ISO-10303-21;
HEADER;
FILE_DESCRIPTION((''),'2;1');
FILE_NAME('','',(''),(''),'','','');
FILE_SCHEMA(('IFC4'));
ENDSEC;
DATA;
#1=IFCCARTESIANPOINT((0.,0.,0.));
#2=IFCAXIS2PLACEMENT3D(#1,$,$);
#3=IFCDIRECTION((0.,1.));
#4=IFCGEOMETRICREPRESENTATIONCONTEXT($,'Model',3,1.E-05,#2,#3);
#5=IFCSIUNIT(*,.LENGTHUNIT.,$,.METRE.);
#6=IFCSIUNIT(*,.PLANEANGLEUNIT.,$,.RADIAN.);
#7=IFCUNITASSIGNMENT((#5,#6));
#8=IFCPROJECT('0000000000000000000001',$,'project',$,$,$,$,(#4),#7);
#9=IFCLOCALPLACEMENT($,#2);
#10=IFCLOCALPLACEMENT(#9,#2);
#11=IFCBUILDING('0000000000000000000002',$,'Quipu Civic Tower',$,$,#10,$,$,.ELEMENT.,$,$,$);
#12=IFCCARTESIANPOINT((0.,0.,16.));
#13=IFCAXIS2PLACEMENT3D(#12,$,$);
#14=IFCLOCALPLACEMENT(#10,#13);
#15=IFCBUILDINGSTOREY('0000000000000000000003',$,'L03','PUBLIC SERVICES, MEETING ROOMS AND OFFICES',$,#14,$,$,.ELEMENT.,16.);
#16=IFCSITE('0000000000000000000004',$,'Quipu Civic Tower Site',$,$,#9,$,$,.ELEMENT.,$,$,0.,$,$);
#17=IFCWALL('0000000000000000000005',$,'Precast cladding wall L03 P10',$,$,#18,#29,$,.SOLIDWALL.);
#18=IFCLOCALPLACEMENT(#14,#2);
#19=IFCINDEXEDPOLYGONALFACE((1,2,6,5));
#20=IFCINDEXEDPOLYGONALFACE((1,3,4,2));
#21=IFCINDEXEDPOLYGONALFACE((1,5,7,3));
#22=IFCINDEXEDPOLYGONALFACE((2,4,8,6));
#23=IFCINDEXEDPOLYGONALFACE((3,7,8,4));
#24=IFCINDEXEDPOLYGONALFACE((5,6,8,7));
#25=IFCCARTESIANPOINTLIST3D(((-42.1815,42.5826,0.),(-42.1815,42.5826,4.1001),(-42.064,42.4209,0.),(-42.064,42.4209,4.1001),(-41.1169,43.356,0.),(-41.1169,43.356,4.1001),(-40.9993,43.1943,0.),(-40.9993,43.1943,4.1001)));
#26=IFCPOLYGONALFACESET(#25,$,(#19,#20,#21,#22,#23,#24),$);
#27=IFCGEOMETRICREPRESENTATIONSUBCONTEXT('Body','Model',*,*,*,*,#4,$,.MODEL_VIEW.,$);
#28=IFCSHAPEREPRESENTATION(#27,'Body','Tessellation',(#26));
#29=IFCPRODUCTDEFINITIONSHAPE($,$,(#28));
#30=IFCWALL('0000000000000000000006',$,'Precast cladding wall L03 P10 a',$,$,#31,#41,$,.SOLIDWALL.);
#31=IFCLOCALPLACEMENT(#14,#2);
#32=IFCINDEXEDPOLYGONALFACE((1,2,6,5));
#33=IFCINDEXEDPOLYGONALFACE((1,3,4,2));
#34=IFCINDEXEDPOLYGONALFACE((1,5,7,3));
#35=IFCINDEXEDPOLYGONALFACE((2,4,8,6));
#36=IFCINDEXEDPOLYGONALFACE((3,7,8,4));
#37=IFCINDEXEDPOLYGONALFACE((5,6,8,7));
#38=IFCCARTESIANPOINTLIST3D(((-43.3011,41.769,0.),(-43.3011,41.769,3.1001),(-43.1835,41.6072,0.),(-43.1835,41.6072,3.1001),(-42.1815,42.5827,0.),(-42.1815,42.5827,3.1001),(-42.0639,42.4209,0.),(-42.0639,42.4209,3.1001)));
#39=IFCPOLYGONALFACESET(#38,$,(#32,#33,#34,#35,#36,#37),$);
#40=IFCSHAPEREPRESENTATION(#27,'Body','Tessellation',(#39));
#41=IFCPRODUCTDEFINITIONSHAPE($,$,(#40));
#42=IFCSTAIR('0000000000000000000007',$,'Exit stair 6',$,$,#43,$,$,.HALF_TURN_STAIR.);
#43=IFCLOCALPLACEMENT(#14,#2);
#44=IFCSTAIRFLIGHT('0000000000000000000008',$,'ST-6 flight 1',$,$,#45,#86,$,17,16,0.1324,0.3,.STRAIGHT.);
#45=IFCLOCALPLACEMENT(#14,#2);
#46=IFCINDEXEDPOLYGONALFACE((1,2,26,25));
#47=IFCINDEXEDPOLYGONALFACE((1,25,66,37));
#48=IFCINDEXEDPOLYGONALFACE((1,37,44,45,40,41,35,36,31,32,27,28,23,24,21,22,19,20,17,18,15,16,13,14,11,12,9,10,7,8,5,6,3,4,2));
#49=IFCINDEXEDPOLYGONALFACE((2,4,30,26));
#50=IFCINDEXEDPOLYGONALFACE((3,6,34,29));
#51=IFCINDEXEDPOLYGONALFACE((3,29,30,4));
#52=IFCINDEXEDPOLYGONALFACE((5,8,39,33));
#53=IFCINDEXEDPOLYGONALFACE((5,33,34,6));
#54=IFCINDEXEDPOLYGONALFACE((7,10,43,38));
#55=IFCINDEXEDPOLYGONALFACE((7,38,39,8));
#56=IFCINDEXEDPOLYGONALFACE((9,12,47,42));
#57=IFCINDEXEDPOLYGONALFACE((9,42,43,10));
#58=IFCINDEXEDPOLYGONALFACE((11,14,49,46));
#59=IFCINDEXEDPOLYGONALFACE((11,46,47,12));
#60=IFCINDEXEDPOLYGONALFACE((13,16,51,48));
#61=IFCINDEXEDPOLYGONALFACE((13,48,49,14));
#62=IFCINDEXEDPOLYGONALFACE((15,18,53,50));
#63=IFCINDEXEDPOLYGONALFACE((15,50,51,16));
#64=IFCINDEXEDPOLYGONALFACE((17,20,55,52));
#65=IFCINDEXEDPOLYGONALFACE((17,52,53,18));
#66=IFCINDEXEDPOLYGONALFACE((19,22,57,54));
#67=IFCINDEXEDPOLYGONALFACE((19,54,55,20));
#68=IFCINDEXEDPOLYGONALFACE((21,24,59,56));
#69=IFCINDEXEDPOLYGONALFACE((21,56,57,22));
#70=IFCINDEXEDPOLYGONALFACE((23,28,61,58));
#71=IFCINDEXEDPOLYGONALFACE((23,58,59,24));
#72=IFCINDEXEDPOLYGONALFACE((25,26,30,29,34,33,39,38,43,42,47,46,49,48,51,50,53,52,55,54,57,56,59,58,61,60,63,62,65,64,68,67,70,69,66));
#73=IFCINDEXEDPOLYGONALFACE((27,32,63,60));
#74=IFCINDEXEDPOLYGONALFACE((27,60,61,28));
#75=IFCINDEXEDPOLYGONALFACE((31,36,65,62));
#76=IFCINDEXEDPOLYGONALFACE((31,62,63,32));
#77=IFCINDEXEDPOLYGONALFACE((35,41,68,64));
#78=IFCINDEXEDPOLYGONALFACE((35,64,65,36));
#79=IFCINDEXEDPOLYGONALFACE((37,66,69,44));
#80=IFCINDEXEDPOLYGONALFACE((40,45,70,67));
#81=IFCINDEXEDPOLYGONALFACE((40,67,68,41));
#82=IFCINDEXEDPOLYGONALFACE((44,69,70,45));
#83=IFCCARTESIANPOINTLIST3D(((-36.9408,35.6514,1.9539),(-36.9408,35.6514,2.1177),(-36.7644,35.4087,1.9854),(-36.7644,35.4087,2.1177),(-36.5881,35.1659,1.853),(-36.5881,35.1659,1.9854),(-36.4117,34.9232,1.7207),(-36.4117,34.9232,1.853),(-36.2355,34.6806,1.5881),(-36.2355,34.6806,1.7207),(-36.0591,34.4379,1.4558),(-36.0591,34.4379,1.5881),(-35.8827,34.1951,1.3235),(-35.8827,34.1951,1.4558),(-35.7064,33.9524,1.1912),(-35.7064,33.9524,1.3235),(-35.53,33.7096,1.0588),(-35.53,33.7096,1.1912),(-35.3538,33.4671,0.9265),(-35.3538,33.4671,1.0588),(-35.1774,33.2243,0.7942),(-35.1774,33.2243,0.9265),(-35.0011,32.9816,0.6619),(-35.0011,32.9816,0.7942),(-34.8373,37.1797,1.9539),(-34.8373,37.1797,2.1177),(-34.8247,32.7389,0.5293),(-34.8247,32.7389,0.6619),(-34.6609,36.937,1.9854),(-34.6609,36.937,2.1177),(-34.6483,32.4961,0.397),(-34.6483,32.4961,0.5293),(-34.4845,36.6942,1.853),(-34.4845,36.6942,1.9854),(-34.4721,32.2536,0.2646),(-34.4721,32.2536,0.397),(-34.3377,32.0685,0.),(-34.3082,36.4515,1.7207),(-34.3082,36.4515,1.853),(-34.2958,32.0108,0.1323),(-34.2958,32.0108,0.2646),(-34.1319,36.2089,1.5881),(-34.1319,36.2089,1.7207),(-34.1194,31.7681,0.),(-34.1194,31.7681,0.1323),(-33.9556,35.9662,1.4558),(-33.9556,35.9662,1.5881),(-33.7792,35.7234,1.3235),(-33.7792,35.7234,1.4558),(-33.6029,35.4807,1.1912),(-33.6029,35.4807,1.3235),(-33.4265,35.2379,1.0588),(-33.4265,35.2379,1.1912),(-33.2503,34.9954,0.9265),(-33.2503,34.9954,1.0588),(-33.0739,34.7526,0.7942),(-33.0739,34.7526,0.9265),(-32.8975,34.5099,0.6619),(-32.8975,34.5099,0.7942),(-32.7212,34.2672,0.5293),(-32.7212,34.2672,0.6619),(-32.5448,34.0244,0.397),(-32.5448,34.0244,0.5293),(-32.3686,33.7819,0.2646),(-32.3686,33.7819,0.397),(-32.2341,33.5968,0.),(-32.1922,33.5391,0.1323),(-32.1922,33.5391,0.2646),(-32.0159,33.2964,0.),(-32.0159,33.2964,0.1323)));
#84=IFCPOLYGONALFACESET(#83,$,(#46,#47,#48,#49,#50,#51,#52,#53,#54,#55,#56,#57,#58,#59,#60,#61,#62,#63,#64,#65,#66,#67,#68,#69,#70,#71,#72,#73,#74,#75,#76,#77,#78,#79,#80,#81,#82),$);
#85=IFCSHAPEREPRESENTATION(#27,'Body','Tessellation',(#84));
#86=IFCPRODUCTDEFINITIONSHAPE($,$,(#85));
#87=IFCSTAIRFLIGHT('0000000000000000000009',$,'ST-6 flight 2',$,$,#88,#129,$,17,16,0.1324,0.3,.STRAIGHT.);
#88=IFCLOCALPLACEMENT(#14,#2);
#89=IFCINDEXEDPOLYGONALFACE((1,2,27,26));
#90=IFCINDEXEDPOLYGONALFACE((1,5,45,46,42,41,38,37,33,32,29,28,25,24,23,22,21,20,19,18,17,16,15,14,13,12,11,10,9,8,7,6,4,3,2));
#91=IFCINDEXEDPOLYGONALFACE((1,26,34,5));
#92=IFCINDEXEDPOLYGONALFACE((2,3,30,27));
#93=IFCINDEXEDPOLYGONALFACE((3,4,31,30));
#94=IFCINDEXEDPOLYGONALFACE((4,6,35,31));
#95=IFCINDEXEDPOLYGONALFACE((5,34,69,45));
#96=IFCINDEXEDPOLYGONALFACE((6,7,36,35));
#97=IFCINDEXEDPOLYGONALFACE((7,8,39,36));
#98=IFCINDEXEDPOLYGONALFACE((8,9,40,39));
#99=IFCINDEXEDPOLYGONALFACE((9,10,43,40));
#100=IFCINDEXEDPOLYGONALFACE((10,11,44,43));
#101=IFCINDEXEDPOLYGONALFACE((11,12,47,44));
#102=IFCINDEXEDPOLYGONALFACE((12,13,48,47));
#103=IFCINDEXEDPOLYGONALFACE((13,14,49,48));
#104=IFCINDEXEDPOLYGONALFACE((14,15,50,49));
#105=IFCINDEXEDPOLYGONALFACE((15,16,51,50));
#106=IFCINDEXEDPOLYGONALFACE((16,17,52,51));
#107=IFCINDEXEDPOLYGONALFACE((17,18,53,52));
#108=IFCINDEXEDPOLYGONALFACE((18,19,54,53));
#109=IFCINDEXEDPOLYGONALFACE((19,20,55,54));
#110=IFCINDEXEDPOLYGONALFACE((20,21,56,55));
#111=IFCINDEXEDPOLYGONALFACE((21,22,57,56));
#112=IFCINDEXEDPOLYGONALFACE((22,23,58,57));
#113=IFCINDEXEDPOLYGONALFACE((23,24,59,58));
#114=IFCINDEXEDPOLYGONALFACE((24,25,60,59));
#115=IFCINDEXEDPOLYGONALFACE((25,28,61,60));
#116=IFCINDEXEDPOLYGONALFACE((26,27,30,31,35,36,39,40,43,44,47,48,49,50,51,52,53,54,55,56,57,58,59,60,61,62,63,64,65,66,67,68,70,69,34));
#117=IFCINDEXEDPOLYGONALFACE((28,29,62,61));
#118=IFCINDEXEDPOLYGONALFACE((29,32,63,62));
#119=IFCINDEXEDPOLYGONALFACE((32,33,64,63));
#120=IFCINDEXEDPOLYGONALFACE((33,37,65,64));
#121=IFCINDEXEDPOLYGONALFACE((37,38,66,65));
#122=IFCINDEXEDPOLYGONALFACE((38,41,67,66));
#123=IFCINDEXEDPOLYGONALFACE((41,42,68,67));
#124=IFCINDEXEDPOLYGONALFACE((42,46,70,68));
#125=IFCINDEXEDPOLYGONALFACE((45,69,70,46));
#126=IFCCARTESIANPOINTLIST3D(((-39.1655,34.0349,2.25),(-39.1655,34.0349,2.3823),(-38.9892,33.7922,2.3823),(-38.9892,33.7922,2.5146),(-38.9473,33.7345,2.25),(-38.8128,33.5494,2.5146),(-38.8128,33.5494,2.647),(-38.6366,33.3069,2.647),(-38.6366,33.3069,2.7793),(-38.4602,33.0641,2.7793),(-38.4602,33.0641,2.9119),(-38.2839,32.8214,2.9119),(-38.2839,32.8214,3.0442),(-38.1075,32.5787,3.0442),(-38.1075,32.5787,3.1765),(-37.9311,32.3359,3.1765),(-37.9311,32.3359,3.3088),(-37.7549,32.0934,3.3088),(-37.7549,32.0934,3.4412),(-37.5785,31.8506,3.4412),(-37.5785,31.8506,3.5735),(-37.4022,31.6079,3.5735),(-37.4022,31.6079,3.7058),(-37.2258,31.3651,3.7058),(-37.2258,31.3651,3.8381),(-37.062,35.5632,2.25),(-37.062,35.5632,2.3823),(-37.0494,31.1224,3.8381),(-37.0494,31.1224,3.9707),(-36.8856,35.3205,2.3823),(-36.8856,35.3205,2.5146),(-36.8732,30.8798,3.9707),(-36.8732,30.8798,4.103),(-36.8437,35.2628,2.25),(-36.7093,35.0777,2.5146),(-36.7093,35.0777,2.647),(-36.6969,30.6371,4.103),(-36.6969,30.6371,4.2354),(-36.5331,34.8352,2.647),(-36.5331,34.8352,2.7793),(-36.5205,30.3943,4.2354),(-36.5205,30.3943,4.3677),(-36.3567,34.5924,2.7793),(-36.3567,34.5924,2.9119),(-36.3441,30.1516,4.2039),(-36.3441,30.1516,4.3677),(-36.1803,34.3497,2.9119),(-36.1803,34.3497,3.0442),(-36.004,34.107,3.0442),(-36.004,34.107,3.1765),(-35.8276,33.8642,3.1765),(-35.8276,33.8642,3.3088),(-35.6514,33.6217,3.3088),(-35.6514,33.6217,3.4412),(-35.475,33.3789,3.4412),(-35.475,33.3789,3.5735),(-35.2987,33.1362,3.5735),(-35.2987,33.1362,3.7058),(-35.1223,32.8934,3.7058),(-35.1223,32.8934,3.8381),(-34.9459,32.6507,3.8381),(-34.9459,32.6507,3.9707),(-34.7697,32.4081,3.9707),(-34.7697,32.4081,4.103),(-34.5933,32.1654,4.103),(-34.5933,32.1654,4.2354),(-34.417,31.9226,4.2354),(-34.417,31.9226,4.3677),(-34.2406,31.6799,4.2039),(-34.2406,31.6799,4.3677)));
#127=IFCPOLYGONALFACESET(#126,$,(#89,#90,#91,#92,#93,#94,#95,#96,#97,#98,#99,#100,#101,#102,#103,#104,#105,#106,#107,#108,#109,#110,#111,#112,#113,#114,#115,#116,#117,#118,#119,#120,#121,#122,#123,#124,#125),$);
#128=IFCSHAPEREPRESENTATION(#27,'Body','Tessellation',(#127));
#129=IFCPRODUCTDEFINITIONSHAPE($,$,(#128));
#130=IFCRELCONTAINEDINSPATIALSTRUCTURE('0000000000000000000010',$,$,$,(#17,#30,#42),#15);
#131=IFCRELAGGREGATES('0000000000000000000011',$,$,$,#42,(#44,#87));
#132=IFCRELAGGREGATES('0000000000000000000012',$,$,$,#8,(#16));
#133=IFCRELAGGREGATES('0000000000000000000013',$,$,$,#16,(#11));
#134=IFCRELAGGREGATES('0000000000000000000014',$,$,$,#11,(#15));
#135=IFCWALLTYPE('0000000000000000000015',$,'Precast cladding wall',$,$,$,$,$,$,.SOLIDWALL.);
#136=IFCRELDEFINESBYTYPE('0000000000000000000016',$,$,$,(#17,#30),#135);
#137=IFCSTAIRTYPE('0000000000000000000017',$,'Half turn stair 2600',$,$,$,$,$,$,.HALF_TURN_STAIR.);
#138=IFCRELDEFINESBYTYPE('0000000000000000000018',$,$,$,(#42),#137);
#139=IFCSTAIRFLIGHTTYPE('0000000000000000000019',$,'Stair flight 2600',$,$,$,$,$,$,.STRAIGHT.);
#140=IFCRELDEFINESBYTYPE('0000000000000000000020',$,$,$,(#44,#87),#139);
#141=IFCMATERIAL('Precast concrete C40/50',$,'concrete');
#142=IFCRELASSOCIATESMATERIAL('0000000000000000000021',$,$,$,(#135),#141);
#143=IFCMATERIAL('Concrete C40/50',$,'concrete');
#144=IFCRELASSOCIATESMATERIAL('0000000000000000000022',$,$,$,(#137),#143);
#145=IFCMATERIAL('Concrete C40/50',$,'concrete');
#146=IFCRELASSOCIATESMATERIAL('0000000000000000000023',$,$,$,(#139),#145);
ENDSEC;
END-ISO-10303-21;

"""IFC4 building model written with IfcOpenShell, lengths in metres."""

from ifc_helpers import new_model, si_unit, direction, frame, frame_2d, origin, place, context, subcontext, project, spatial, polyline, rectangle, outline, extrude, material, type_object, element, aggregate, save


model = new_model("IFC4")

# Units and contexts
model_context = context("Model", 3, precision=1e-05, world=origin(), true_north=direction((0.0, 1.0)))
body_context = subcontext(model_context, "Body", "Model", "MODEL_VIEW")
ifc_project = project(units=[si_unit("LENGTHUNIT", "METRE"), si_unit("PLANEANGLEUNIT", "RADIAN")], contexts=[model_context])

# Site, building, storey
site_placement = place(None, origin())
site = spatial("IfcSite", under=ifc_project, at=site_placement, Name="Quipu Civic Tower Site", CompositionType="ELEMENT", RefElevation=0.0)
building_placement = place(site_placement, origin())
building = spatial("IfcBuilding", under=site, at=building_placement, Name="Quipu Civic Tower", CompositionType="ELEMENT")
storey_placement = place(building_placement, frame((0.0, 0.0, 16.0)))
storey = spatial("IfcBuildingStorey", under=building, at=storey_placement, Name="L03", Description="PUBLIC SERVICES, MEETING ROOMS AND OFFICES", CompositionType="ELEMENT", Elevation=16.0)

# Walls
ifc_material_1 = material(Name="Precast concrete C40/50", Category="concrete")
wall_type_1 = type_object("IfcWallType", Name="Precast cladding wall", PredefinedType="SOLIDWALL", material=ifc_material_1)
wall_1_placement = place(storey_placement, frame((-41.0581, 43.2751, 0.0), z_axis=(0.0, 0.0, 1.0), x_axis=(-0.809057, -0.58773, 0.0)))
element("IfcWall", 1, at=wall_1_placement, inside=storey, type_object=wall_type_1, Name="Precast cladding wall L03 P10", PredefinedType="SOLIDWALL", context=body_context, shape_type="SweptSolid", body=[
    extrude(rectangle(XDim=1.3159, YDim=0.2, at=frame_2d((0.658, 0.0))), origin(), (0.0, 0.0, 1.0), 4.1001),
])
wall_2_placement = place(storey_placement, frame((-42.1228, 42.5017, 0.0), z_axis=(0.0, 0.0, 1.0), x_axis=(-0.808927, -0.587909, 0.0)))
element("IfcWall", 2, at=wall_2_placement, inside=storey, type_object=wall_type_1, Name="Precast cladding wall L03 P10 a", PredefinedType="SOLIDWALL", context=body_context, shape_type="SweptSolid", body=[
    extrude(rectangle(XDim=1.384, YDim=0.2, at=frame_2d((0.6919, 0.0))), origin(), (0.0, 0.0, 1.0), 3.1001),
])

# Stair, stair flights
ifc_material_2 = material(Name="Concrete C40/50", Category="concrete")
stair_type = type_object("IfcStairType", Name="Half turn stair 2600", PredefinedType="HALF_TURN_STAIR", material=ifc_material_2)
stair_placement = place(storey_placement, origin())
stair = element("IfcStair", 3, at=stair_placement, inside=storey, type_object=stair_type, Name="Exit stair 6", PredefinedType="HALF_TURN_STAIR")
ifc_material_3 = material(Name="Concrete C40/50", Category="concrete")
stair_flight_type = type_object("IfcStairFlightType", Name="Stair flight 2600", PredefinedType="STRAIGHT", material=ifc_material_3)
stair_flight_1_placement = place(storey_placement, frame((-33.0676, 32.5322, 0.0), z_axis=(0.0, 0.0, 1.0), x_axis=(-0.587785, 0.809017, 0.0)))
stair_flight_1 = element("IfcStairFlight", 4, at=stair_flight_1_placement, type_object=stair_flight_type, Name="ST-6 flight 1", NumberOfRisers=17, NumberOfTreads=16, PredefinedType="STRAIGHT", RiserHeight=0.1324, TreadLength=0.3, context=body_context, shape_type="SweptSolid", body=[
    extrude(outline(polyline([(0.0, 0.0), (0.0, 0.1323), (0.3, 0.1323), (0.3, 0.2646), (0.6001, 0.2646), (0.6001, 0.397), (0.8999, 0.397), (0.8999, 0.5293), (1.2, 0.5293), (1.2, 0.6619), (1.5, 0.6619), (1.5, 0.7942), (1.8, 0.7942), (1.8, 0.9265), (2.1001, 0.9265), (2.1001, 1.0588), (2.3999, 1.0588), (2.3999, 1.1912), (2.7, 1.1912), (2.7, 1.3235), (3.0, 1.3235), (3.0, 1.4558), (3.3, 1.4558), (3.3, 1.5881), (3.6001, 1.5881), (3.6001, 1.7207), (3.8999, 1.7207), (3.8999, 1.853), (4.2, 1.853), (4.2, 1.9854), (4.5, 1.9854), (4.5, 2.1177), (4.8, 2.1177), (4.8, 2.25), (4.8, 1.9539), (0.3713, 0.0), (0.0, 0.0)])), frame((0.0, 1.3, 0.0), z_axis=(0.0, -1.0, 0.0), x_axis=(1.0, 0.0, 0.0)), (0.0, 0.0, 1.0), 2.6001),
])
stair_flight_2_placement = place(storey_placement, frame((-38.1138, 34.7991, 2.25), z_axis=(0.0, 0.0, 1.0), x_axis=(0.587785, -0.809017, 0.0)))
stair_flight_2 = element("IfcStairFlight", 5, at=stair_flight_2_placement, type_object=stair_flight_type, Name="ST-6 flight 2", NumberOfRisers=17, NumberOfTreads=16, PredefinedType="STRAIGHT", RiserHeight=0.1324, TreadLength=0.3, context=body_context, shape_type="SweptSolid", body=[
    extrude(outline(polyline([(0.0, 0.0), (0.0, 0.1323), (0.3, 0.1323), (0.3, 0.2646), (0.6001, 0.2646), (0.6001, 0.397), (0.8999, 0.397), (0.8999, 0.5293), (1.2, 0.5293), (1.2, 0.6619), (1.5, 0.6619), (1.5, 0.7942), (1.8, 0.7942), (1.8, 0.9265), (2.1001, 0.9265), (2.1001, 1.0588), (2.3999, 1.0588), (2.3999, 1.1912), (2.7, 1.1912), (2.7, 1.3235), (3.0, 1.3235), (3.0, 1.4558), (3.3, 1.4558), (3.3, 1.5881), (3.6001, 1.5881), (3.6001, 1.7207), (3.8999, 1.7207), (3.8999, 1.853), (4.2, 1.853), (4.2, 1.9854), (4.5, 1.9854), (4.5, 2.1177), (4.8, 2.1177), (4.8, 2.25), (4.8, 1.9539), (0.3713, 0.0), (0.0, 0.0)])), frame((0.0, 1.3, 0.0), z_axis=(0.0, -1.0, 0.0), x_axis=(1.0, 0.0, 0.0)), (0.0, 0.0, 1.0), 2.6001),
])
aggregate(stair, [stair_flight_1, stair_flight_2])

save(model, "model.ifc")
